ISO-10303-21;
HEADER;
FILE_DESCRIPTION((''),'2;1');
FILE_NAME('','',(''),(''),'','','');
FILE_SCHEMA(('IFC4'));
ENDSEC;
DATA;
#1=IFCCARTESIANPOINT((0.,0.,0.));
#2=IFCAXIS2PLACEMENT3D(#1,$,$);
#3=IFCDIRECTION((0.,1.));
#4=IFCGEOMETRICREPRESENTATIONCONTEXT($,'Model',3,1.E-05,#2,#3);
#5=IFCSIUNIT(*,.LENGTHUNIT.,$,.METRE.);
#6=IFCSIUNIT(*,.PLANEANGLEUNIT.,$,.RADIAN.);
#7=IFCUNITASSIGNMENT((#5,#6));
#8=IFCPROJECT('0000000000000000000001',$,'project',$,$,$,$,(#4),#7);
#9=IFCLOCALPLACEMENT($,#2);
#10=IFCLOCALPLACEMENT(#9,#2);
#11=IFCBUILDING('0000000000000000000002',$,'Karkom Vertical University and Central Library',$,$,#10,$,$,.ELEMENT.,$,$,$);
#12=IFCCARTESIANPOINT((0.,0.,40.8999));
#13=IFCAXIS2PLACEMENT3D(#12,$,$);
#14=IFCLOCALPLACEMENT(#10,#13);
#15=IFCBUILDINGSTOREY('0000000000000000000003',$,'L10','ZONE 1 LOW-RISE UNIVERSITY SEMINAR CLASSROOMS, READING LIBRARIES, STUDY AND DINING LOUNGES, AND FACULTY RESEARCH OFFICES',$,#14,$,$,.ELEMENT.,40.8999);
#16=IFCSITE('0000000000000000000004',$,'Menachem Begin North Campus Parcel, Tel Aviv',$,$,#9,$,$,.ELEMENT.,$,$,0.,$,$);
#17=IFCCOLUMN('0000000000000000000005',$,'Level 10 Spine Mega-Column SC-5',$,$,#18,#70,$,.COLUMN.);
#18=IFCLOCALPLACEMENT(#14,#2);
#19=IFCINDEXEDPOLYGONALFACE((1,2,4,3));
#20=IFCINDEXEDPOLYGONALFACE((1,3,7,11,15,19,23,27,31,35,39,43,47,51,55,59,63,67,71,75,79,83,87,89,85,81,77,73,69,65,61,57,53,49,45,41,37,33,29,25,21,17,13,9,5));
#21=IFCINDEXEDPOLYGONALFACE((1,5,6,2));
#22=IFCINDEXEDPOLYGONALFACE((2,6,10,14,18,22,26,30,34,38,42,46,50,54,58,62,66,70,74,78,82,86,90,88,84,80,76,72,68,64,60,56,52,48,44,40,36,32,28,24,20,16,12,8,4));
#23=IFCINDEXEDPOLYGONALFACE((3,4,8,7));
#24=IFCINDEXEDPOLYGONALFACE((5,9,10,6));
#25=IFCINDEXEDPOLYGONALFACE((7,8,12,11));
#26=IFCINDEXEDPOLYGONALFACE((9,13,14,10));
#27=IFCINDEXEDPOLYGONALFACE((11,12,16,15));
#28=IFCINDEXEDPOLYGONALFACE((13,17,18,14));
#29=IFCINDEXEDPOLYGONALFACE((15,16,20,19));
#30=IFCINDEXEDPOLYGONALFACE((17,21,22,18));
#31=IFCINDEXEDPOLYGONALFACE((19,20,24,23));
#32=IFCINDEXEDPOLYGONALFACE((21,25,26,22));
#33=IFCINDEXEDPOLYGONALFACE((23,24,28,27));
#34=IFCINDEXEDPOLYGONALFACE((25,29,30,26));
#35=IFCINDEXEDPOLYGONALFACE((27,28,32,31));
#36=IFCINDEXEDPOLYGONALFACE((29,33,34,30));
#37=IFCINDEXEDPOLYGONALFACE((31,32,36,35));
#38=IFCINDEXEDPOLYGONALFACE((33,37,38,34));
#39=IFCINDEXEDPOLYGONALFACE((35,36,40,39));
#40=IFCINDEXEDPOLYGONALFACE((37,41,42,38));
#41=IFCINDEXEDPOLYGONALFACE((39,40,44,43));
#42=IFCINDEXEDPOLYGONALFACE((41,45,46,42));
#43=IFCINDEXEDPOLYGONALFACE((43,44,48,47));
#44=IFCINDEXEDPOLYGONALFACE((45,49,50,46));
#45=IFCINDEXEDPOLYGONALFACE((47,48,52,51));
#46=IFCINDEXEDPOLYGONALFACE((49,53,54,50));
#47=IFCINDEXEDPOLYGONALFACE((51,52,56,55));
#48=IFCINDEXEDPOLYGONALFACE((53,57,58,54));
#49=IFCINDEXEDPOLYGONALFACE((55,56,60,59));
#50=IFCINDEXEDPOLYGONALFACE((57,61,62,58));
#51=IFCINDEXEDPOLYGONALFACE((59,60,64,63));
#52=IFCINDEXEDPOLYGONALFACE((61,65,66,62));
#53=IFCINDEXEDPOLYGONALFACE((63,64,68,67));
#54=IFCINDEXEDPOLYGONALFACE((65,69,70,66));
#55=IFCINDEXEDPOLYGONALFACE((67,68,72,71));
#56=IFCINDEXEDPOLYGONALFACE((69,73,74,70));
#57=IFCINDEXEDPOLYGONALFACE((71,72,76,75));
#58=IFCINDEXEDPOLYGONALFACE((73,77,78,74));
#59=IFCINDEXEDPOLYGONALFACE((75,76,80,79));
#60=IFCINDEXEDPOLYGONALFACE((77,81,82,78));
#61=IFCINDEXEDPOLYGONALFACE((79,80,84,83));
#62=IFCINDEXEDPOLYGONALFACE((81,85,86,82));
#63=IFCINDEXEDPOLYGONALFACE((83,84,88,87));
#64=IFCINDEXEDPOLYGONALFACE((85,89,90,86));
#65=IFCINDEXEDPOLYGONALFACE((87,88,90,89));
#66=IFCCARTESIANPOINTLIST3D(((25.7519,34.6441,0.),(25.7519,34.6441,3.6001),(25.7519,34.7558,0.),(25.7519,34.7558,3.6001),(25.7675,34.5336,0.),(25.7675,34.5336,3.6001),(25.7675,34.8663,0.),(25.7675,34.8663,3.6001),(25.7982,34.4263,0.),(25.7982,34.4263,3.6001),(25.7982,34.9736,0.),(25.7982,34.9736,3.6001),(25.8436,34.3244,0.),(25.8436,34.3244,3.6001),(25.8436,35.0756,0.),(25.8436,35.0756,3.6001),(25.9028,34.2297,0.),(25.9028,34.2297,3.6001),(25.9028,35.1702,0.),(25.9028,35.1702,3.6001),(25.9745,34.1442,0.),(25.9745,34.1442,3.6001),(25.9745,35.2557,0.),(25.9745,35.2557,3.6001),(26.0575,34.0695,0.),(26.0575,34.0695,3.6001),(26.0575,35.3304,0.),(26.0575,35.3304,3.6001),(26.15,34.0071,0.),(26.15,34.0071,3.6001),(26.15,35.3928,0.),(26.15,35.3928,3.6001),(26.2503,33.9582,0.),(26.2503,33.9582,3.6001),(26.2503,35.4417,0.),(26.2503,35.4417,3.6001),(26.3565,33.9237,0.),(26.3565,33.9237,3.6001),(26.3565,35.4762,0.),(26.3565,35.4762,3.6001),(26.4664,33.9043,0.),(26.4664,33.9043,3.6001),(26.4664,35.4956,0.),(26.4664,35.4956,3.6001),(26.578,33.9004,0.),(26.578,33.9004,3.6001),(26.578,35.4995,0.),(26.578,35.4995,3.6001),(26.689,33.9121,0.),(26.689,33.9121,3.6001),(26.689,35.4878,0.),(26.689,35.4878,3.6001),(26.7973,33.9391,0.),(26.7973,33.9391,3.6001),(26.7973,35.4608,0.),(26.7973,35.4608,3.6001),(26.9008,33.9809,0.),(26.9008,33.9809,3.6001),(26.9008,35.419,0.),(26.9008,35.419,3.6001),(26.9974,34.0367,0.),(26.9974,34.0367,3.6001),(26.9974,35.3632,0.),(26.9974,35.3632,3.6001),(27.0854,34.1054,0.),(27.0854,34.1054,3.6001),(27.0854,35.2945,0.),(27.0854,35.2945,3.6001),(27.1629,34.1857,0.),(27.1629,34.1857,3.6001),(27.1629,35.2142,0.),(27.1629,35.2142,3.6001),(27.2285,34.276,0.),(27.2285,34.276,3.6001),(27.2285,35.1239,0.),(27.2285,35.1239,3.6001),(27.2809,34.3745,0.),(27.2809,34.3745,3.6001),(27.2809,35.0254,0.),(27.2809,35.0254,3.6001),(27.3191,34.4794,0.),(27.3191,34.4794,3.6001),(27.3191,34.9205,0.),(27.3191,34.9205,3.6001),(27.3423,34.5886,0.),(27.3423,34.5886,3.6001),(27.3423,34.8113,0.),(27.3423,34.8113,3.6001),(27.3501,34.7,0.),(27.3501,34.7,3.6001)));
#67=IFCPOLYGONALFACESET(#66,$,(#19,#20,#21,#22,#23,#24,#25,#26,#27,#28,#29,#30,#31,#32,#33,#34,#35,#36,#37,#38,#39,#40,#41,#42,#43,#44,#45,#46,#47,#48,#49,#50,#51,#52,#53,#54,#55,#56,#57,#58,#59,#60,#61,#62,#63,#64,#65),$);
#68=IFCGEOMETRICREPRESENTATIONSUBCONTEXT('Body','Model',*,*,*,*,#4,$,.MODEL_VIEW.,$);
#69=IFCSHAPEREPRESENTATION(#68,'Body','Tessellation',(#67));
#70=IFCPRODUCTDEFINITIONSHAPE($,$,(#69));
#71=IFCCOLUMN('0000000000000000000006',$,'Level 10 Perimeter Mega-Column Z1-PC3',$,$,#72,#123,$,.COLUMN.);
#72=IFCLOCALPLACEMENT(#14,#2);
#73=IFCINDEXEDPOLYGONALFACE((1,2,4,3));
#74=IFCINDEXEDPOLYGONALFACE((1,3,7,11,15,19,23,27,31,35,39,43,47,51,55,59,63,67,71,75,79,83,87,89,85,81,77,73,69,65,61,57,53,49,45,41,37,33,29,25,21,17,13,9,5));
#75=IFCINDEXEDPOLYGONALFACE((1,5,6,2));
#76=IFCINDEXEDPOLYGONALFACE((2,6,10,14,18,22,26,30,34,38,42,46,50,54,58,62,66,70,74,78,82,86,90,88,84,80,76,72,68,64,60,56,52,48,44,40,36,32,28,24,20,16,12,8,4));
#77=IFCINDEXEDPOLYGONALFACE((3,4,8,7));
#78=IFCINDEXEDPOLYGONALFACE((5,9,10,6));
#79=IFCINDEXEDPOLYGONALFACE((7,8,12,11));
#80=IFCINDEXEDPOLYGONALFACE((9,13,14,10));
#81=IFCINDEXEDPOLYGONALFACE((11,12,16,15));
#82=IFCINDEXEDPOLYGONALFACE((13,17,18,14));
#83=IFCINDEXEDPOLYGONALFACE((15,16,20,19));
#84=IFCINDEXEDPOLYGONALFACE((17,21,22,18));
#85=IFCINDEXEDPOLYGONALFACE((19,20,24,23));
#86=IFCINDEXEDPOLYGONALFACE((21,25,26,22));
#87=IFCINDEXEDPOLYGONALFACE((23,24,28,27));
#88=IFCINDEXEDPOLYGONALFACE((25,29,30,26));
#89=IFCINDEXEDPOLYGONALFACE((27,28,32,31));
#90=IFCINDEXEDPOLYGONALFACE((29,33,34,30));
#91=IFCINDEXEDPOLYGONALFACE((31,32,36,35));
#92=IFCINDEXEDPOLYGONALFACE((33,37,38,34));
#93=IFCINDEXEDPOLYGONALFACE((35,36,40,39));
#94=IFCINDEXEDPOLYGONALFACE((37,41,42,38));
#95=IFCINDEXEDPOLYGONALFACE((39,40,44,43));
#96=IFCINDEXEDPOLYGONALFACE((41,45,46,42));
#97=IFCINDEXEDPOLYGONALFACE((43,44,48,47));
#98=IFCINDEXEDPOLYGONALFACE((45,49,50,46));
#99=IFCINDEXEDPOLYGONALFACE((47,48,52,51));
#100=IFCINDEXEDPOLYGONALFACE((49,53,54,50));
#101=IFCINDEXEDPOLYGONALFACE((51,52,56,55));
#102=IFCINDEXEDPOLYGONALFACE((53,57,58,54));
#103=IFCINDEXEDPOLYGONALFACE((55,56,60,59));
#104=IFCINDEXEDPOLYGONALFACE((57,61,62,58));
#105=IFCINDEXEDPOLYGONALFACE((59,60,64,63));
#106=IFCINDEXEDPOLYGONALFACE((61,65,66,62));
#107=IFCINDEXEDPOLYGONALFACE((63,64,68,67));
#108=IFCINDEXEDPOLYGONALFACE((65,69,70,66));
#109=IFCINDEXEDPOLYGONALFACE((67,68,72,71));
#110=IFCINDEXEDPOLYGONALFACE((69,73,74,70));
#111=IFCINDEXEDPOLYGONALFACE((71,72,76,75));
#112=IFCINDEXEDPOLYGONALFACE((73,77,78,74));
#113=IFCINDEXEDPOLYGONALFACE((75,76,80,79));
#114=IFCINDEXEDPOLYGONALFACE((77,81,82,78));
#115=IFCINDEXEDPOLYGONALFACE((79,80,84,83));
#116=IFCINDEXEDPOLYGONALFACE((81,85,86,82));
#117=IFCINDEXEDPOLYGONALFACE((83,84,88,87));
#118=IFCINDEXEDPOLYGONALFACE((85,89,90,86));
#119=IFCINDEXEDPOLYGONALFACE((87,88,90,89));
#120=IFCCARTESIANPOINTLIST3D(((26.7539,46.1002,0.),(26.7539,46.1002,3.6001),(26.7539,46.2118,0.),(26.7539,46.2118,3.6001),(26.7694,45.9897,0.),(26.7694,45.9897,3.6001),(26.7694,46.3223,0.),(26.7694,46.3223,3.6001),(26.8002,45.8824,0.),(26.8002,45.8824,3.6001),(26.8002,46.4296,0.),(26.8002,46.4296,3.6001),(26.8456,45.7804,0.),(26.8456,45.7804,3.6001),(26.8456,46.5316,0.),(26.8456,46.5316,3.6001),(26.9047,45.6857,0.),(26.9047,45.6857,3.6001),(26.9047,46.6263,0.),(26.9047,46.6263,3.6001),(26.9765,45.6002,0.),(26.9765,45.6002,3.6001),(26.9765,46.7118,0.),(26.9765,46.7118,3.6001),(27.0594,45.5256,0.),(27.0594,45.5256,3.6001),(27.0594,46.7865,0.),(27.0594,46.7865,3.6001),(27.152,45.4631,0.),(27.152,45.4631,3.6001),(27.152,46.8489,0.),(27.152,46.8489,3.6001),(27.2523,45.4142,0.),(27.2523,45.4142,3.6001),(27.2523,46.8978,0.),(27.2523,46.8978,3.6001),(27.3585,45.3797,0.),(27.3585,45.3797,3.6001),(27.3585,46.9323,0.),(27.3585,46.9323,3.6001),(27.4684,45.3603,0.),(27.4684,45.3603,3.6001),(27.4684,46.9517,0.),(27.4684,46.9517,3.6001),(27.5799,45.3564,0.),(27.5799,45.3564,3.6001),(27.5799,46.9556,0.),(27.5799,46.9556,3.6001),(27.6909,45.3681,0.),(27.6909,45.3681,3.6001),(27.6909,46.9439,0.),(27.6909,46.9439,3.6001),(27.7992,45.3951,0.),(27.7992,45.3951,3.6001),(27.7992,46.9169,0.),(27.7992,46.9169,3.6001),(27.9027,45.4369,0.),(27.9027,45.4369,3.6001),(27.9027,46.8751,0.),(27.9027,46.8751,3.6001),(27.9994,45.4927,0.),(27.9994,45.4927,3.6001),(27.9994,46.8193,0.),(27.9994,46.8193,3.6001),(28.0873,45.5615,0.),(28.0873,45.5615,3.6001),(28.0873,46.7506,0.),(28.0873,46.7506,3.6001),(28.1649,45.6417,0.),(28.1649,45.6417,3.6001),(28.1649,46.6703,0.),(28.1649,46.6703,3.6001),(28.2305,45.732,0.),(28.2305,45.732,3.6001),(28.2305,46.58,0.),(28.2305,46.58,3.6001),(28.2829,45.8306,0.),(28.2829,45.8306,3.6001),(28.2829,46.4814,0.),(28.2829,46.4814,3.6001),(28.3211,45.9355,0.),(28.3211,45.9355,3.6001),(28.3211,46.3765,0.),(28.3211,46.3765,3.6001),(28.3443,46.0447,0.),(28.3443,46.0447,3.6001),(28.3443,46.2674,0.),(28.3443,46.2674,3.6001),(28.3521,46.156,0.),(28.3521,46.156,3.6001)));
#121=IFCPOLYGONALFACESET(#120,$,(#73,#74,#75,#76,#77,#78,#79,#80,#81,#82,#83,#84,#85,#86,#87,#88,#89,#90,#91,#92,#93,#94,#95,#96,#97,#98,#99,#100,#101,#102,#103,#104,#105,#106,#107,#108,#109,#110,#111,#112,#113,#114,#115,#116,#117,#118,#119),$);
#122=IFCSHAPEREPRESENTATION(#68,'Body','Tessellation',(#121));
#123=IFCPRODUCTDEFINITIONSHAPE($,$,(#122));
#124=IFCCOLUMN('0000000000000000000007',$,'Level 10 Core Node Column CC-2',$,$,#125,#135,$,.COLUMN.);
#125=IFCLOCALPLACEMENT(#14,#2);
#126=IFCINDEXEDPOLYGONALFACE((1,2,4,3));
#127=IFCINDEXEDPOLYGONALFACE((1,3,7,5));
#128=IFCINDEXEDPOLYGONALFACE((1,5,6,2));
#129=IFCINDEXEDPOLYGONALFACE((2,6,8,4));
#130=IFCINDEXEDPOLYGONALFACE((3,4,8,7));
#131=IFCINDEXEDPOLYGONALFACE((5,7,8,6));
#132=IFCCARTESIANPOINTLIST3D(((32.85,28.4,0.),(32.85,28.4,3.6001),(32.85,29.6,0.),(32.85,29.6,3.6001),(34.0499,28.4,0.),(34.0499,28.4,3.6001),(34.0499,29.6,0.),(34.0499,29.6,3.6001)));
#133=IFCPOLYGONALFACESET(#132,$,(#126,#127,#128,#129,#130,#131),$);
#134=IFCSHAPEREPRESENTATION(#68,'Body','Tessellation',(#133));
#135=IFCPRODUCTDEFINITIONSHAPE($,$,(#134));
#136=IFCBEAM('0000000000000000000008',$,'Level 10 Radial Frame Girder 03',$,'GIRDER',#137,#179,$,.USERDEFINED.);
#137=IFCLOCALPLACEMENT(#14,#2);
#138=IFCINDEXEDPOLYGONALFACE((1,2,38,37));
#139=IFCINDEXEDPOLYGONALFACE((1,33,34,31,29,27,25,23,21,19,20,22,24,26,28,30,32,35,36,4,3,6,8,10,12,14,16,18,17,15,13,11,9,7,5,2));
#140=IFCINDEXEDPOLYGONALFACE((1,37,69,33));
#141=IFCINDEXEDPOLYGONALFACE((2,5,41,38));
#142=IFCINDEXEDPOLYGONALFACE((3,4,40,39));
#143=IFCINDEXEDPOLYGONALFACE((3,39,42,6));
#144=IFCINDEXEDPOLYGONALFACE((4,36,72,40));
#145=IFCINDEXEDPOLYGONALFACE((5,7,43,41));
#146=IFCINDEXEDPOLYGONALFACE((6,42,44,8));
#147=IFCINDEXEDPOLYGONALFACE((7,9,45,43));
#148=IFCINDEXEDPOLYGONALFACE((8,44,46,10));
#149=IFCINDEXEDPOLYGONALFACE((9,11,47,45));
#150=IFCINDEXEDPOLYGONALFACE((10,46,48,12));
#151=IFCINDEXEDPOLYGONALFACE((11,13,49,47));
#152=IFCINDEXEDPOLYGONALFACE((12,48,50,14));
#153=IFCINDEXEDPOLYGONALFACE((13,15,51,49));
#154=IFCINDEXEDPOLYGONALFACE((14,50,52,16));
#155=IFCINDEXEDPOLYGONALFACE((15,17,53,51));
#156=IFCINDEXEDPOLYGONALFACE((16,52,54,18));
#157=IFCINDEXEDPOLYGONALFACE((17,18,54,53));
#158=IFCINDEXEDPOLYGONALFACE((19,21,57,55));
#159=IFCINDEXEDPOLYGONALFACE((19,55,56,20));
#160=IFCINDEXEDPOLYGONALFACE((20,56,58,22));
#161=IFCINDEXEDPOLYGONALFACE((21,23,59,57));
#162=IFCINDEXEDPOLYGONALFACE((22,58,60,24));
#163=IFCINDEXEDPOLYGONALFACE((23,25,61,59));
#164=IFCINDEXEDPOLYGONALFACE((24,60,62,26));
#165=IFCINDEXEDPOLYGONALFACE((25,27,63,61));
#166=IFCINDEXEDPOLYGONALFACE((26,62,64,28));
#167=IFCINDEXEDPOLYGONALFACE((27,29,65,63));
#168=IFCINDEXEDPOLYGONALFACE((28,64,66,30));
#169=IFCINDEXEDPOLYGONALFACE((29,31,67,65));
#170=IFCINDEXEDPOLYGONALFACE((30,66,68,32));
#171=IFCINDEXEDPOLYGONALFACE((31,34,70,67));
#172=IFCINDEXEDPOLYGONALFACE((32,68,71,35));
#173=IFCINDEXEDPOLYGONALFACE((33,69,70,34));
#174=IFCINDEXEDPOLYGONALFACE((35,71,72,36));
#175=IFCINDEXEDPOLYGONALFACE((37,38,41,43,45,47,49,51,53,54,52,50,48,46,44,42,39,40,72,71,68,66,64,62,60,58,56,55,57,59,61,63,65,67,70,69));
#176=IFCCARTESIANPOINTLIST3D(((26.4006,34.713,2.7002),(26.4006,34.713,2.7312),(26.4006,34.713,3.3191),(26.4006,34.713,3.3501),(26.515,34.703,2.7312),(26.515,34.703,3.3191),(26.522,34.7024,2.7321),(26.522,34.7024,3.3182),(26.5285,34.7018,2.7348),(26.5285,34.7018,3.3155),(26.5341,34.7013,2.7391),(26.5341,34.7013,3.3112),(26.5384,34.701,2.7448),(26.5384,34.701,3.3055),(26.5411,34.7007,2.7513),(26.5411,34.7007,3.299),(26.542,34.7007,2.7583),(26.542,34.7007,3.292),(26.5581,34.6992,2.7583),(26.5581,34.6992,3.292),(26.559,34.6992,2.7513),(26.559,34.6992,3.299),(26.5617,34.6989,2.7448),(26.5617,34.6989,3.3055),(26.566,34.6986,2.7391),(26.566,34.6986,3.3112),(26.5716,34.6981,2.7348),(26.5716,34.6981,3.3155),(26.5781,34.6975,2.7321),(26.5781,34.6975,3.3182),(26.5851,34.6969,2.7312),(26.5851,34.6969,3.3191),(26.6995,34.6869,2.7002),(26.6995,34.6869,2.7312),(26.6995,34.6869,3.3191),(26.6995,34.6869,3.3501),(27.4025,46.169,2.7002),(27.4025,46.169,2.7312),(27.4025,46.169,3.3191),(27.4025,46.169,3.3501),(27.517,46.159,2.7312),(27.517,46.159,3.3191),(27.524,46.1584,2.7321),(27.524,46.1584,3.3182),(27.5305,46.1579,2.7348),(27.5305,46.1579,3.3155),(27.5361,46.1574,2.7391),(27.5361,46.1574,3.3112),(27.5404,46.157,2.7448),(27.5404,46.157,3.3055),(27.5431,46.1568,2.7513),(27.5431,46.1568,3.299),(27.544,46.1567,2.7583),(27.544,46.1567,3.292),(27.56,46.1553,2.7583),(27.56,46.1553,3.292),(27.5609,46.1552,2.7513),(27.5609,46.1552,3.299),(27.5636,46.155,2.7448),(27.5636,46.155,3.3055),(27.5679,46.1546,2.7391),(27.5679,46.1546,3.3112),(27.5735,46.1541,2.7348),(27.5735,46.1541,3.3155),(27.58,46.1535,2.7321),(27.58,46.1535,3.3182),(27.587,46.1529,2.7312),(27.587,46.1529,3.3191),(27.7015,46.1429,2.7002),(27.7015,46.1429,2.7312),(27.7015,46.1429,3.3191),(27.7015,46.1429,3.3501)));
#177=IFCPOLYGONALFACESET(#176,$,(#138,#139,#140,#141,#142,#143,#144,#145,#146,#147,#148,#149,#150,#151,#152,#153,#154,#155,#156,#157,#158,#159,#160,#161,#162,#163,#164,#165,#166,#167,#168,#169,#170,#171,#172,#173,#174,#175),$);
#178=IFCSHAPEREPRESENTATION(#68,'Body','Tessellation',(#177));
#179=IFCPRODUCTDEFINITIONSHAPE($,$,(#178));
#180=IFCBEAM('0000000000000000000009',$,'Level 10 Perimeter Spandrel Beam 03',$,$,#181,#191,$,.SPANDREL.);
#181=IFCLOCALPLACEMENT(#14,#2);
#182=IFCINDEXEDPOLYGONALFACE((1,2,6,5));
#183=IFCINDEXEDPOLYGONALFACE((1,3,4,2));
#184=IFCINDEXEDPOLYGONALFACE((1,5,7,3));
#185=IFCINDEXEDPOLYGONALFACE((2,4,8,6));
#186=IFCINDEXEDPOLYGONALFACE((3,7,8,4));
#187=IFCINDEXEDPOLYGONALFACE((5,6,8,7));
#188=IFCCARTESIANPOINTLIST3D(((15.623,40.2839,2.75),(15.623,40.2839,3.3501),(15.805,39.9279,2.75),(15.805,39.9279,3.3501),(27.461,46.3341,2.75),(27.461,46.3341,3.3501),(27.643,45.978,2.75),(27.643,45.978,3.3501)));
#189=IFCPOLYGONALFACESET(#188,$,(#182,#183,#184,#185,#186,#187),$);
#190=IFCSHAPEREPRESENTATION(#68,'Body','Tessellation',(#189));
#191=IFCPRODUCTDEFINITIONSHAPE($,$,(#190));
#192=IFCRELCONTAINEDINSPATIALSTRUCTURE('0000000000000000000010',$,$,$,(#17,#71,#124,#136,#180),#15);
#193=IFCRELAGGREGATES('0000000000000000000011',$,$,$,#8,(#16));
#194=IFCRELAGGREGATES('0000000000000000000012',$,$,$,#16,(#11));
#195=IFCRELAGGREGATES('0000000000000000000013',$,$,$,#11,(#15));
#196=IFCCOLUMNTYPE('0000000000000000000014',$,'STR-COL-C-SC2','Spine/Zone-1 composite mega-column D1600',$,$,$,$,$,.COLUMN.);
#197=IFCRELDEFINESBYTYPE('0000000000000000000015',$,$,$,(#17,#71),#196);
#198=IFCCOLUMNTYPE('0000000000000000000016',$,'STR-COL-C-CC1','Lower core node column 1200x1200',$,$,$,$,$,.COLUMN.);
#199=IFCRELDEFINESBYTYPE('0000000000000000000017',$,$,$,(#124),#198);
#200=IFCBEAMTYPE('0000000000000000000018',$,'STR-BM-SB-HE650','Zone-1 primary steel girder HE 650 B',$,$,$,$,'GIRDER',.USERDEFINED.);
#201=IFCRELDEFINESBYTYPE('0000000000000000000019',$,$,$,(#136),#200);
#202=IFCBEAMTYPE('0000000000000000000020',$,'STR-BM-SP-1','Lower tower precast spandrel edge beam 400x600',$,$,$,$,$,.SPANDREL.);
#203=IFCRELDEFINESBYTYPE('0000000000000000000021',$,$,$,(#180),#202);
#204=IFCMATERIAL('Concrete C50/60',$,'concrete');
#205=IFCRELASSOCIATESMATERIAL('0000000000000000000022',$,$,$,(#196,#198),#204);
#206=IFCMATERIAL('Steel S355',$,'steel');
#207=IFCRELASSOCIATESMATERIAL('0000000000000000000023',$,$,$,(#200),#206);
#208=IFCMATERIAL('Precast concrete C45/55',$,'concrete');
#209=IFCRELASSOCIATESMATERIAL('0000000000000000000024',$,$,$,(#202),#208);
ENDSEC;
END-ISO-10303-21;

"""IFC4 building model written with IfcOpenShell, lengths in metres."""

from ifc_helpers import new_model, si_unit, direction, frame, origin, origin_with_axes, origin_2d, place, context, subcontext, project, spatial, rectangle, circle, i_section, extrude, source, transform, mapped, material, material_profile, profile_set, type_object, element, save


model = new_model("IFC4")

# Units and contexts
model_context = context("Model", 3, precision=1e-05, world=origin(), true_north=direction((0.0, 1.0)))
body_context = subcontext(model_context, "Body", "Model", "MODEL_VIEW")
ifc_project = project(units=[si_unit("LENGTHUNIT", "METRE"), si_unit("PLANEANGLEUNIT", "RADIAN")], contexts=[model_context])

# Site, building, storey
site_placement = place(None, origin())
site = spatial("IfcSite", under=ifc_project, at=site_placement, Name="Menachem Begin North Campus Parcel, Tel Aviv", CompositionType="ELEMENT", RefElevation=0.0)
building_placement = place(site_placement, origin())
building = spatial("IfcBuilding", under=site, at=building_placement, Name="Karkom Vertical University and Central Library", CompositionType="ELEMENT")
storey_placement = place(building_placement, frame((0.0, 0.0, 40.8999)))
storey = spatial("IfcBuildingStorey", under=building, at=storey_placement, Name="L10", Description="ZONE 1 LOW-RISE UNIVERSITY SEMINAR CLASSROOMS, READING LIBRARIES, STUDY AND DINING LOUNGES, AND FACULTY RESEARCH OFFICES", CompositionType="ELEMENT", Elevation=40.8999)

# Columns
ifc_material_1 = material(Name="Concrete C50/60", Category="concrete")
ifc_material_profile_1 = material_profile(ifc_material_1, circle(Radius=0.8, at=origin_2d()), Name="CFT-D1600")
ifc_profile_set_1 = profile_set([ifc_material_profile_1], Name="Concrete C50/60")
column_type_1 = type_object("IfcColumnType", Name="STR-COL-C-SC2", Description="Spine/Zone-1 composite mega-column D1600", PredefinedType="COLUMN", material=ifc_profile_set_1)
shared_shape_1 = source(origin_with_axes(), body_context, "Body", "SweptSolid", [
    extrude(circle(Radius=0.8, at=origin_2d()), origin(), (0.0, 0.0, 1.0), 3.6001),
])
for number, where, z_axis, x_axis, name in (
    (1, (26.55, 34.7, 0.0), (0.0, 0.0, 1.0), (1.0, 0.0, 0.0), "Level 10 Spine Mega-Column SC-5"),
    (2, (27.552, 46.156, 0.0), (0.0, 0.0, 1.0), (1.0, 0.0, 0.0), "Level 10 Perimeter Mega-Column Z1-PC3"),
):
    element("IfcColumn", number, at=place(storey_placement, frame(where, z_axis=z_axis, x_axis=x_axis)), inside=storey, type_object=column_type_1, Name=name, PredefinedType="COLUMN", context=body_context, shape_type="MappedRepresentation", body=[
        mapped(shared_shape_1, transform((0.0, 0.0, 0.0), scale=1.0)),
    ])
ifc_material_profile_2 = material_profile(ifc_material_1, rectangle(XDim=1.2, YDim=1.2, at=origin_2d()), Name="RC-1200x1200")
ifc_profile_set_2 = profile_set([ifc_material_profile_2], Name="Concrete C50/60")
column_type_2 = type_object("IfcColumnType", Name="STR-COL-C-CC1", Description="Lower core node column 1200x1200", PredefinedType="COLUMN", material=ifc_profile_set_2)
shared_shape_2 = source(origin_with_axes(), body_context, "Body", "SweptSolid", [
    extrude(rectangle(XDim=1.2, YDim=1.2, at=origin_2d()), origin(), (0.0, 0.0, 1.0), 3.6001),
])
column_placement = place(storey_placement, frame((33.45, 29.0, 0.0), z_axis=(0.0, 0.0, 1.0), x_axis=(1.0, 0.0, 0.0)))
element("IfcColumn", 3, at=column_placement, inside=storey, type_object=column_type_2, Name="Level 10 Core Node Column CC-2", PredefinedType="COLUMN", context=body_context, shape_type="MappedRepresentation", body=[
    mapped(shared_shape_2, transform((0.0, 0.0, 0.0), scale=1.0)),
])

# Beams
ifc_material_2 = material(Name="Steel S355", Category="steel")
ifc_material_profile_3 = material_profile(ifc_material_2, i_section(OverallWidth=0.3, OverallDepth=0.6499, WebThickness=0.0161, FlangeThickness=0.031, FilletRadius=0.0271, at=origin_2d()), Name="HE 650 B")
ifc_profile_set_3 = profile_set([ifc_material_profile_3], Name="Steel S355")
beam_type_1 = type_object("IfcBeamType", Name="STR-BM-SB-HE650", Description="Zone-1 primary steel girder HE 650 B", ElementType="GIRDER", PredefinedType="USERDEFINED", material=ifc_profile_set_3)
shared_shape_3 = source(origin_with_axes(), body_context, "Body", "SweptSolid", [
    extrude(i_section(OverallWidth=0.3, OverallDepth=0.6499, WebThickness=0.0161, FlangeThickness=0.031, FilletRadius=0.0271, at=origin_2d()), origin(), (0.0, 0.0, 1.0), 11.4998),
])
beam_1_placement = place(storey_placement, frame((26.55, 34.7, 3.0251), z_axis=(0.087128, 0.996197, 0.0), x_axis=(-0.996197, 0.087128, 0.0)))
element("IfcBeam", 4, at=beam_1_placement, inside=storey, type_object=beam_type_1, Name="Level 10 Radial Frame Girder 03", ObjectType="GIRDER", PredefinedType="USERDEFINED", context=body_context, shape_type="MappedRepresentation", body=[
    mapped(shared_shape_3, transform((0.0, 0.0, 0.0), scale=1.0)),
])
ifc_material_3 = material(Name="Precast concrete C45/55", Category="concrete")
ifc_material_profile_4 = material_profile(ifc_material_3, rectangle(XDim=0.3999, YDim=0.6001, at=origin_2d()), Name="SPB-400x600")
ifc_profile_set_4 = profile_set([ifc_material_profile_4], Name="Precast concrete C45/55")
beam_type_2 = type_object("IfcBeamType", Name="STR-BM-SP-1", Description="Lower tower precast spandrel edge beam 400x600", PredefinedType="SPANDREL", material=ifc_profile_set_4)
shared_shape_4 = source(origin_with_axes(), body_context, "Body", "SweptSolid", [
    extrude(rectangle(XDim=0.3999, YDim=0.6001, at=origin_2d()), origin(), (0.0, 0.0, 1.0), 13.2944),
])
beam_2_placement = place(storey_placement, frame((27.552, 46.156, 3.05), z_axis=(-0.890448, -0.455085, 0.0), x_axis=(0.455085, -0.890448, 0.0)))
element("IfcBeam", 5, at=beam_2_placement, inside=storey, type_object=beam_type_2, Name="Level 10 Perimeter Spandrel Beam 03", PredefinedType="SPANDREL", context=body_context, shape_type="MappedRepresentation", body=[
    mapped(shared_shape_4, transform((0.0, 0.0, 0.0), scale=1.0)),
])

save(model, "model.ifc")
